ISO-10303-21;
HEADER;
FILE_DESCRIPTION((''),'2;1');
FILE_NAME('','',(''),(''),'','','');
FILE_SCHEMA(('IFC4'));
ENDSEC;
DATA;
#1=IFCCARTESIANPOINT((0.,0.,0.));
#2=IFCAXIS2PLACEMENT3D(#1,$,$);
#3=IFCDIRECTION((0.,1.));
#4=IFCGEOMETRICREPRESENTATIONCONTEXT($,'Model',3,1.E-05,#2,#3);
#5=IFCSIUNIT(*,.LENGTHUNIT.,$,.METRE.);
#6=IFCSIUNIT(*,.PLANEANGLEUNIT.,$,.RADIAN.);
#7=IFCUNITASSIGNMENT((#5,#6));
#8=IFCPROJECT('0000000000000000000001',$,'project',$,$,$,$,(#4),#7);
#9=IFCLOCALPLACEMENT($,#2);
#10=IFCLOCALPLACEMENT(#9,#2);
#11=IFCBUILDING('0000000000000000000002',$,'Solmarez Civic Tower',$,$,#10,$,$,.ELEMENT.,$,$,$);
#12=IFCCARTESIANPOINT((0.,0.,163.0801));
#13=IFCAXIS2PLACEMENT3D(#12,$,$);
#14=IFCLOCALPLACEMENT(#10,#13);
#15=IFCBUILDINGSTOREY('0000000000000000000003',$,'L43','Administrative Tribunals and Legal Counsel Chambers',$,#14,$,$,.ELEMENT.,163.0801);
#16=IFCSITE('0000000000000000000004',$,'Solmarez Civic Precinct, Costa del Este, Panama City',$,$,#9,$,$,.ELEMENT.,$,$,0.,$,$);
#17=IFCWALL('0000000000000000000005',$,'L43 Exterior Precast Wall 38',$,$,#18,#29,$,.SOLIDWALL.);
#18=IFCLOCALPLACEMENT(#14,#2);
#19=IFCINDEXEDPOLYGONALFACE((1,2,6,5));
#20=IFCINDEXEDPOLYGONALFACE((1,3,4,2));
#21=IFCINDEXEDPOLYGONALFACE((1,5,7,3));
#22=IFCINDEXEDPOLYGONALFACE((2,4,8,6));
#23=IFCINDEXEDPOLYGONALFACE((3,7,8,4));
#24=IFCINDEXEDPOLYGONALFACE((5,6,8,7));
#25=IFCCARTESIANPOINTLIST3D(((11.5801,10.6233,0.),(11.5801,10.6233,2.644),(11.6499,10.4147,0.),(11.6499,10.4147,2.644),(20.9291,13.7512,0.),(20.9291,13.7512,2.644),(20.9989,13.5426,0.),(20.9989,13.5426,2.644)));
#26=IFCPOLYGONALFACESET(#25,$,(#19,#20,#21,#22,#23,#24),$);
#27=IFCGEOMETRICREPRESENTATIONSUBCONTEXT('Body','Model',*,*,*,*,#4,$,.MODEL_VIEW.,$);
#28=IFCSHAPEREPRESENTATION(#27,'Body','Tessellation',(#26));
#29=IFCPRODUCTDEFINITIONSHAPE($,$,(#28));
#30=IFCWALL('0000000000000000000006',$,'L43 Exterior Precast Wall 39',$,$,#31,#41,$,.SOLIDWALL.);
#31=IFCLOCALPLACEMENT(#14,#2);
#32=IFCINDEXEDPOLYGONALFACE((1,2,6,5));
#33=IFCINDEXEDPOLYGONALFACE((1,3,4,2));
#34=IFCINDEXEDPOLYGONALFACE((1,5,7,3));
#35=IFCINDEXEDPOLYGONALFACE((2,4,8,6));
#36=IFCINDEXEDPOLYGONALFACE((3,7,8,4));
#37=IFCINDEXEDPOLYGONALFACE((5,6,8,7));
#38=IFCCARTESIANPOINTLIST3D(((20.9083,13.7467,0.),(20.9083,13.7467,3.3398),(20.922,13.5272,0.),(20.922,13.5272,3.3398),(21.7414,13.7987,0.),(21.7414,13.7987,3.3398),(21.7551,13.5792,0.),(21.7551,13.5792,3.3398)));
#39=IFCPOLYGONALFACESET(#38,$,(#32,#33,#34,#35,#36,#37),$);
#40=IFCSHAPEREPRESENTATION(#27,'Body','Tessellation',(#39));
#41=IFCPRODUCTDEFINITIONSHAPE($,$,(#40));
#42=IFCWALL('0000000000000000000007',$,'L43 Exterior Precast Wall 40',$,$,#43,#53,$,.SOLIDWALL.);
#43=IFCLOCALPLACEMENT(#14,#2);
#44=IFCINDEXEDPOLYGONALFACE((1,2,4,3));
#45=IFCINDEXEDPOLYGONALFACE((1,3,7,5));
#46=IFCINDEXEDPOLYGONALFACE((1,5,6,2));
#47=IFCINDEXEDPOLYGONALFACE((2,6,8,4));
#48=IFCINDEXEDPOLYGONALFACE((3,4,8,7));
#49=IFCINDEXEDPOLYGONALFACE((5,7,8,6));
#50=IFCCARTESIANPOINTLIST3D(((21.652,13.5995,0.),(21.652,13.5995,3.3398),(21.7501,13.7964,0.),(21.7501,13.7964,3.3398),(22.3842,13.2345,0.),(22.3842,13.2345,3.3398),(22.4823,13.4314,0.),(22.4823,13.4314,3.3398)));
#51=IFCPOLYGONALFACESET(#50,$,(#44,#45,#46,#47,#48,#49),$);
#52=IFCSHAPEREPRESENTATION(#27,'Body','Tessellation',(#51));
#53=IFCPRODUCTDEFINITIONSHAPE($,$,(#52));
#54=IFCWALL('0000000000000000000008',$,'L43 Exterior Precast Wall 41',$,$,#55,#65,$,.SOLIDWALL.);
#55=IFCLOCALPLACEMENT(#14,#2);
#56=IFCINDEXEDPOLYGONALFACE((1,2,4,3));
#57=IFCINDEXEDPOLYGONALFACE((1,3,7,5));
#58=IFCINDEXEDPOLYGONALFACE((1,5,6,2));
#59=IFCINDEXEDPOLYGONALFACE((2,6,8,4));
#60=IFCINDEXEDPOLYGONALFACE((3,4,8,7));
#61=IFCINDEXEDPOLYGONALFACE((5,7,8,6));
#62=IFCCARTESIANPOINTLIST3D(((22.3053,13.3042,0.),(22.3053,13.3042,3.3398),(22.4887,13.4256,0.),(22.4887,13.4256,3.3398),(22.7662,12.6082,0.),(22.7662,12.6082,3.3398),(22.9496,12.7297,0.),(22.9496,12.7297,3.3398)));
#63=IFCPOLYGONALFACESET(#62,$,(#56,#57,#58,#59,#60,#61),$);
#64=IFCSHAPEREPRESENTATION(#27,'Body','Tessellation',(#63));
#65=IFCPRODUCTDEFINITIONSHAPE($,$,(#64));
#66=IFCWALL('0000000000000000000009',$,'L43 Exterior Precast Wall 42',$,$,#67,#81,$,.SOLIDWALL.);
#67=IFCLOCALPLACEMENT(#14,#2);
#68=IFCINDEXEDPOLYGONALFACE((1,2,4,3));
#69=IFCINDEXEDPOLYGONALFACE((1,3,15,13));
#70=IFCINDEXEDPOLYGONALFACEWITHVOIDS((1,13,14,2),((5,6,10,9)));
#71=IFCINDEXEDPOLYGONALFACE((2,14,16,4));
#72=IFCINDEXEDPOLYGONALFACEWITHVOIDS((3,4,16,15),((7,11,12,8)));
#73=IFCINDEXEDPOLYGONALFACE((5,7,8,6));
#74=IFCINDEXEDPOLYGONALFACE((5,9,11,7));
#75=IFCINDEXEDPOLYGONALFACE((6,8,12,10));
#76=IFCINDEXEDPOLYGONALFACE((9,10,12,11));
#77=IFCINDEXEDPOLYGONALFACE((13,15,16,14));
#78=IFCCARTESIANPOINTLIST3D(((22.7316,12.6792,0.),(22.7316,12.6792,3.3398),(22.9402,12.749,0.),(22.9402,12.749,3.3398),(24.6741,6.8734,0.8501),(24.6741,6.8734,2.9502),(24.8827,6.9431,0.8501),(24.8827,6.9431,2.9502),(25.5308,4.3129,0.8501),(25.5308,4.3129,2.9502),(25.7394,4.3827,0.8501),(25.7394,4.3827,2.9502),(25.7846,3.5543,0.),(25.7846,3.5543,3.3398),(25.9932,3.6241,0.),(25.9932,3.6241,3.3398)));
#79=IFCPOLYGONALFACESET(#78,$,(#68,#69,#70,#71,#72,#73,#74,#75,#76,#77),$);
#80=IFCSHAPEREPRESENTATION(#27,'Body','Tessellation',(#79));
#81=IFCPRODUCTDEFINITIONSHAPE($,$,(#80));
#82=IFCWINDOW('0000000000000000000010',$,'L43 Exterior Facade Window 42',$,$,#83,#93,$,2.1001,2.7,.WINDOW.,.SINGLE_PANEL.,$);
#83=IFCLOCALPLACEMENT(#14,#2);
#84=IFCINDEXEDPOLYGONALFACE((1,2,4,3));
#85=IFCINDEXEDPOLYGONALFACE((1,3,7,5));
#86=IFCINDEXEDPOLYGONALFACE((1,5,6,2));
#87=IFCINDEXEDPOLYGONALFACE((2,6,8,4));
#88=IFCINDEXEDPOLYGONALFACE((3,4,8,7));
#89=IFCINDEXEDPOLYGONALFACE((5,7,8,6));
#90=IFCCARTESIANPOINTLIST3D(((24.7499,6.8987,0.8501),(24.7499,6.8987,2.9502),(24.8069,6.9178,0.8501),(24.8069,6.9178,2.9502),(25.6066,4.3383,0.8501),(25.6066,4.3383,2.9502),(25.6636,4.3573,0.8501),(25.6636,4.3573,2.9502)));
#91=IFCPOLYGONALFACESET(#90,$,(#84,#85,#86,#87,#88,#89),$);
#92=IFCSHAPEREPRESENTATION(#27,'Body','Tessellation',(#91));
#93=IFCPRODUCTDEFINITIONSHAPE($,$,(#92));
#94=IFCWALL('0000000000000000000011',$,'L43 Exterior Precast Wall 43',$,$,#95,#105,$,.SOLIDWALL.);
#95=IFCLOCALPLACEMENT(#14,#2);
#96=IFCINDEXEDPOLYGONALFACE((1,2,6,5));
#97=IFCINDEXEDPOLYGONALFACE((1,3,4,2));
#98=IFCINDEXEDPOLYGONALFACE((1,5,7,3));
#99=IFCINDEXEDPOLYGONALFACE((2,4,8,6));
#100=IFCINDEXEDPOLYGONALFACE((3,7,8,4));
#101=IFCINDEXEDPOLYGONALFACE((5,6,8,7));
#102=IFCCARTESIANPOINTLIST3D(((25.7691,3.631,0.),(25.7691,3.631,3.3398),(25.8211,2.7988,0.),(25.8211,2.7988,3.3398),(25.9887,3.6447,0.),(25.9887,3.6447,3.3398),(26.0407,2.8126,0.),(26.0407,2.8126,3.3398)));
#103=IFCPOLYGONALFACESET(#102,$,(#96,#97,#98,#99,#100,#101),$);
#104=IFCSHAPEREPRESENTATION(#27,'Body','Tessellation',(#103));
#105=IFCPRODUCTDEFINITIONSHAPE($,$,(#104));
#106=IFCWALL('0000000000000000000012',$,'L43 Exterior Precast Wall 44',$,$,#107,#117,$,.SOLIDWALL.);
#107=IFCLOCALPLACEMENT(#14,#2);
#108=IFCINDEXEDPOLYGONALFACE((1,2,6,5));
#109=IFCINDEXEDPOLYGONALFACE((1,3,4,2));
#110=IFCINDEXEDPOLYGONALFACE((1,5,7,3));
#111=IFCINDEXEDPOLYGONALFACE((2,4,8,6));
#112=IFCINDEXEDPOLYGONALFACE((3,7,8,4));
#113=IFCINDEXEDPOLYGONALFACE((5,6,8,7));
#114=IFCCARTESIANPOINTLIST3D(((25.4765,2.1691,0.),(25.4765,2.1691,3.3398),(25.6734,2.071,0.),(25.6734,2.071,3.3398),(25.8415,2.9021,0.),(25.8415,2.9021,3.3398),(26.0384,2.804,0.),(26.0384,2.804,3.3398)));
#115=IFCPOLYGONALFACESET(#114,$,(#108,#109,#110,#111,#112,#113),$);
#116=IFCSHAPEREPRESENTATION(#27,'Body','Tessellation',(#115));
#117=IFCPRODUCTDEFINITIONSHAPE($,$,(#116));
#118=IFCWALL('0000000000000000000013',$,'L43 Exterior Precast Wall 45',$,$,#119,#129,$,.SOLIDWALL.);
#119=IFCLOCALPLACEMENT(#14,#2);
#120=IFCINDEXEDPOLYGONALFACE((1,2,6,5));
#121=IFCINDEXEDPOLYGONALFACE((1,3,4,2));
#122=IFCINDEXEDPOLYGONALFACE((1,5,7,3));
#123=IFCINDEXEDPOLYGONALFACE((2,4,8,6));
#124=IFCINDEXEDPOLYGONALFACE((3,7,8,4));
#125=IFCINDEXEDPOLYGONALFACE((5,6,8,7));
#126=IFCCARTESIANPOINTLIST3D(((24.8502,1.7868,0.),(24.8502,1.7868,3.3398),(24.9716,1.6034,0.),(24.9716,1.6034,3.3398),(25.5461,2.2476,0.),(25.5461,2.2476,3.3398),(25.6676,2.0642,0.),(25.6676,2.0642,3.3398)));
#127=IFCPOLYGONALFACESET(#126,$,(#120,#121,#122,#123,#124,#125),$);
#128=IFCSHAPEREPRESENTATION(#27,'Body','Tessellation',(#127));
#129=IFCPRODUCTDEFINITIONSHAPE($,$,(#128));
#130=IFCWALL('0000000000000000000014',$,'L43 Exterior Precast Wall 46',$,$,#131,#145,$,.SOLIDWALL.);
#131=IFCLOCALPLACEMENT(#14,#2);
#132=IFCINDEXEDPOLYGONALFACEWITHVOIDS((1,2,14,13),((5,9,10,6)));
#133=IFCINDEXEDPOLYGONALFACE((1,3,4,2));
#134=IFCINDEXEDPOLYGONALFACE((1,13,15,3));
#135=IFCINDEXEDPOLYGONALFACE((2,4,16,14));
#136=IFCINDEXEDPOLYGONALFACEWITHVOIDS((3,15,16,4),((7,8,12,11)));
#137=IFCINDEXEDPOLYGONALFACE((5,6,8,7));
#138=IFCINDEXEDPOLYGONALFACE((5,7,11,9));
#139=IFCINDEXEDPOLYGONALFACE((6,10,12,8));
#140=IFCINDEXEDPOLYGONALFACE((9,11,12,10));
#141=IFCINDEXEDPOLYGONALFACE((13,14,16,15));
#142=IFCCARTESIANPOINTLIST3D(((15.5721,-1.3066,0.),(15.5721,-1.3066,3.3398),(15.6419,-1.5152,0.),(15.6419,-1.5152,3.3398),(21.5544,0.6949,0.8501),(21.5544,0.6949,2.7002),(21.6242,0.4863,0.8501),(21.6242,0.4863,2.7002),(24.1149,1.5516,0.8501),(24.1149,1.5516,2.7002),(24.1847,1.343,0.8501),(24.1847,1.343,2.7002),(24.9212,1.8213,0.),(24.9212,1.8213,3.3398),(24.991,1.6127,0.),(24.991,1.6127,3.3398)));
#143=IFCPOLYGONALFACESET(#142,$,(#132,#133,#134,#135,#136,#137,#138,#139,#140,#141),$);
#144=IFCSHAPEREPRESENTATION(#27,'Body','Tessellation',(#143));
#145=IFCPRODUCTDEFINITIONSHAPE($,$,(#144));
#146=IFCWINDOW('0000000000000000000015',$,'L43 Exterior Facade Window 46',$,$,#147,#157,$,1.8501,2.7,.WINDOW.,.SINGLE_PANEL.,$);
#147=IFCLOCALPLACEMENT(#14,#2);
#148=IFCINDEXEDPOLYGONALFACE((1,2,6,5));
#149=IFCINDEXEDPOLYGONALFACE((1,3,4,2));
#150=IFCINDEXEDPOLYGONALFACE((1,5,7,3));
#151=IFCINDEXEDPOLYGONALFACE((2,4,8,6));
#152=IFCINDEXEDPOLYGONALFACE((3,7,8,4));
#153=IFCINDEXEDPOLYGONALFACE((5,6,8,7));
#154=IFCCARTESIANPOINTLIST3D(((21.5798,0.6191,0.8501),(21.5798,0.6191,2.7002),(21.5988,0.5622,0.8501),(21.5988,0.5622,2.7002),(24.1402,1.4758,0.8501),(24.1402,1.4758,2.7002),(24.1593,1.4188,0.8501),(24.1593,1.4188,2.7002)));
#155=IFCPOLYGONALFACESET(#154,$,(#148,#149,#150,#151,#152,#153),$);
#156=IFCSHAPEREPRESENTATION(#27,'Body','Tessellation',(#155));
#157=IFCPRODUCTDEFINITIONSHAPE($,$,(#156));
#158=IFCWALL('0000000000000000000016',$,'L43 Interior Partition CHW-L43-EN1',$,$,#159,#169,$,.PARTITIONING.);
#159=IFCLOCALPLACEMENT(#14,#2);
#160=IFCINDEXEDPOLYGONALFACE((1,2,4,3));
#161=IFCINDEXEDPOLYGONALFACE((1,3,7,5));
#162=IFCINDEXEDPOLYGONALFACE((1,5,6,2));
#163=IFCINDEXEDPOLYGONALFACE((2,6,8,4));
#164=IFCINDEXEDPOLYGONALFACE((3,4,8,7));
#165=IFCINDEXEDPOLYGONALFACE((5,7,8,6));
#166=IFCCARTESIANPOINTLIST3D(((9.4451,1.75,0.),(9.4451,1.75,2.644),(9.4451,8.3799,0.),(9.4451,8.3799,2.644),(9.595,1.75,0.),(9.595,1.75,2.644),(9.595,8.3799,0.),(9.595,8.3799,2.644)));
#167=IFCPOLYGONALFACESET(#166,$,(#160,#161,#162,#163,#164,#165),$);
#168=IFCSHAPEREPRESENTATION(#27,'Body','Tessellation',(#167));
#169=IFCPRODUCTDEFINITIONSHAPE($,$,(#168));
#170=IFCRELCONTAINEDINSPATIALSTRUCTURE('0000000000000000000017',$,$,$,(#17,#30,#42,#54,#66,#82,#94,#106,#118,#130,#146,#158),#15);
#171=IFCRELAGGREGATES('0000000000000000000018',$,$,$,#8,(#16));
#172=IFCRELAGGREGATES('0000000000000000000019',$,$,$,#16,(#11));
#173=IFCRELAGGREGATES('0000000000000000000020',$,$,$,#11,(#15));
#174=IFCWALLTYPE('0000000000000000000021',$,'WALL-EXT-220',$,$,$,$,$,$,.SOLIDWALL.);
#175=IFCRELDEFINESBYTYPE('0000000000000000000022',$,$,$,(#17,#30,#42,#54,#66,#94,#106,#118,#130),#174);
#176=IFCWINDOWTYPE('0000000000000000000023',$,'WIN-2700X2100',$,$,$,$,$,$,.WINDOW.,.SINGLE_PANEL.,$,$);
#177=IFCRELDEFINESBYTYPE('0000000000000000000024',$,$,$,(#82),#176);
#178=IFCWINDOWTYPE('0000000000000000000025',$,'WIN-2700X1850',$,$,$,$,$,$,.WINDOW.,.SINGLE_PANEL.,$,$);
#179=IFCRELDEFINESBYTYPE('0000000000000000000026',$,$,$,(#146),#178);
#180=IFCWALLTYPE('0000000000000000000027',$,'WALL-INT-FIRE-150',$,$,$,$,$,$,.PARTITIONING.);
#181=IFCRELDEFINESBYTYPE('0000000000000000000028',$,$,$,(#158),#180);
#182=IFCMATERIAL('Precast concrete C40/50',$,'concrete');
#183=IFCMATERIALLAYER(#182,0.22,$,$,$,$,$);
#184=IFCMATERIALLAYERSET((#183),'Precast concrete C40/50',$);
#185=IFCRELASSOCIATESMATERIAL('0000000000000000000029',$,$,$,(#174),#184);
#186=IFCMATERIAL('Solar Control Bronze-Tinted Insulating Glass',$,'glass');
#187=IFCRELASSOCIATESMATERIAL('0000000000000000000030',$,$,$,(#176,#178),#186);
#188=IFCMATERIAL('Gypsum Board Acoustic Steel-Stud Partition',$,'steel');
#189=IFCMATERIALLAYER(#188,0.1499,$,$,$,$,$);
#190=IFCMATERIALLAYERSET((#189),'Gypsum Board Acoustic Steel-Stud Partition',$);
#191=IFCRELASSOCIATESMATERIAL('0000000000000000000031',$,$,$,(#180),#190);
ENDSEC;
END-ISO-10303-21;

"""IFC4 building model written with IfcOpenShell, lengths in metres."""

from ifc_helpers import new_model, si_unit, direction, frame, frame_2d, origin, place, context, subcontext, project, spatial, rectangle, extrude, material, layer, layer_set, type_object, element, fill, save


model = new_model("IFC4")

# Units and contexts
model_context = context("Model", 3, precision=1e-05, world=origin(), true_north=direction((0.0, 1.0)))
body_context = subcontext(model_context, "Body", "Model", "MODEL_VIEW")
ifc_project = project(units=[si_unit("LENGTHUNIT", "METRE"), si_unit("PLANEANGLEUNIT", "RADIAN")], contexts=[model_context])

# Site, building, storey
site_placement = place(None, origin())
site = spatial("IfcSite", under=ifc_project, at=site_placement, Name="Solmarez Civic Precinct, Costa del Este, Panama City", CompositionType="ELEMENT", RefElevation=0.0)
building_placement = place(site_placement, origin())
building = spatial("IfcBuilding", under=site, at=building_placement, Name="Solmarez Civic Tower", CompositionType="ELEMENT")
storey_placement = place(building_placement, frame((0.0, 0.0, 163.0801)))
storey = spatial("IfcBuildingStorey", under=building, at=storey_placement, Name="L43", Description="Administrative Tribunals and Legal Counsel Chambers", CompositionType="ELEMENT", Elevation=163.0801)

# Walls
ifc_material_1 = material(Name="Precast concrete C40/50", Category="concrete")
ifc_layer_1 = layer(ifc_material_1, 0.22)
ifc_layer_set_1 = layer_set([ifc_layer_1], Name="Precast concrete C40/50")
wall_type_1 = type_object("IfcWallType", Name="WALL-EXT-220", PredefinedType="SOLIDWALL", material=ifc_layer_set_1)
wall_1_placement = place(storey_placement, frame((11.615, 10.519, 0.0), z_axis=(0.0, 0.0, 1.0), x_axis=(0.948331, 0.317283, 0.0)))
element("IfcWall", 1, at=wall_1_placement, inside=storey, type_object=wall_type_1, Name="L43 Exterior Precast Wall 38", PredefinedType="SOLIDWALL", context=body_context, shape_type="SweptSolid", body=[
    extrude(rectangle(XDim=9.8584, YDim=0.22, at=frame_2d((4.9292, 0.0))), origin(), (0.0, 0.0, 1.0), 2.644),
])
wall_2_placement = place(storey_placement, frame((20.915, 13.637, 0.0), z_axis=(0.0, 0.0, 1.0), x_axis=(0.998057, 0.062305, 0.0)))
element("IfcWall", 2, at=wall_2_placement, inside=storey, type_object=wall_type_1, Name="L43 Exterior Precast Wall 39", PredefinedType="SOLIDWALL", context=body_context, shape_type="SweptSolid", body=[
    extrude(rectangle(XDim=0.8347, YDim=0.22, at=frame_2d((0.4175, 0.0))), origin(), (0.0, 0.0, 1.0), 3.3398),
])
wall_3_placement = place(storey_placement, frame((21.7009, 13.698, 0.0), z_axis=(0.0, 0.0, 1.0), x_axis=(0.894964, -0.446139, 0.0)))
element("IfcWall", 3, at=wall_3_placement, inside=storey, type_object=wall_type_1, Name="L43 Exterior Precast Wall 40", PredefinedType="SOLIDWALL", context=body_context, shape_type="SweptSolid", body=[
    extrude(rectangle(XDim=0.8181, YDim=0.22, at=frame_2d((0.4092, 0.0))), origin(), (0.0, 0.0, 1.0), 3.3398),
])
wall_4_placement = place(storey_placement, frame((22.397, 13.365, 0.0), z_axis=(0.0, 0.0, 1.0), x_axis=(0.552133, -0.833756, 0.0)))
element("IfcWall", 4, at=wall_4_placement, inside=storey, type_object=wall_type_1, Name="L43 Exterior Precast Wall 41", PredefinedType="SOLIDWALL", context=body_context, shape_type="SweptSolid", body=[
    extrude(rectangle(XDim=0.8347, YDim=0.22, at=frame_2d((0.4175, 0.0))), origin(), (0.0, 0.0, 1.0), 3.3398),
])

# Wall, opening, window
wall_5_placement = place(storey_placement, frame((22.8359, 12.7141, 0.0), z_axis=(0.0, 0.0, 1.0), x_axis=(0.317286, -0.94833, 0.0)))
wall_5 = element("IfcWall", 5, at=wall_5_placement, inside=storey, type_object=wall_type_1, Name="L43 Exterior Precast Wall 42", PredefinedType="SOLIDWALL", context=body_context, shape_type="SweptSolid", body=[
    extrude(rectangle(XDim=9.6221, YDim=0.22, at=frame_2d((4.811, 0.0))), origin(), (0.0, 0.0, 1.0), 3.3398),
])
opening_1_placement = place(wall_5_placement, frame((6.1221, 0.0, 0.8501)))
opening_1 = element("IfcOpeningElement", 6, at=opening_1_placement, cuts=wall_5, PredefinedType="OPENING", context=body_context, shape_type="SweptSolid", body=[
    extrude(rectangle(XDim=2.7, YDim=2.1001, at=frame_2d((1.3501, 1.05))), frame((0.0, 0.1199, 0.0), z_axis=(0.0, -1.0, 0.0), x_axis=(1.0, 0.0, 0.0)), (0.0, 0.0, 1.0), 0.24),
])
ifc_material_2 = material(Name="Solar Control Bronze-Tinted Insulating Glass", Category="glass")
window_type_1 = type_object("IfcWindowType", Name="WIN-2700X2100", PartitioningType="SINGLE_PANEL", PredefinedType="WINDOW", material=ifc_material_2)
window_1_placement = place(opening_1_placement, origin())
window_1 = element("IfcWindow", 7, at=window_1_placement, inside=storey, type_object=window_type_1, Name="L43 Exterior Facade Window 42", OverallHeight=2.1001, OverallWidth=2.7, PartitioningType="SINGLE_PANEL", PredefinedType="WINDOW", context=body_context, shape_type="SweptSolid", body=[
    extrude(rectangle(XDim=2.7, YDim=2.1001, at=frame_2d((1.3501, 1.05))), frame((0.0, 0.03, 0.0), z_axis=(0.0, -1.0, 0.0), x_axis=(1.0, 0.0, 0.0)), (0.0, 0.0, 1.0), 0.0601),
])
fill(opening_1, window_1)

# Walls
wall_6_placement = place(storey_placement, frame((25.8789, 3.6379, 0.0), z_axis=(0.0, 0.0, 1.0), x_axis=(0.062378, -0.998053, 0.0)))
element("IfcWall", 8, at=wall_6_placement, inside=storey, type_object=wall_type_1, Name="L43 Exterior Precast Wall 43", PredefinedType="SOLIDWALL", context=body_context, shape_type="SweptSolid", body=[
    extrude(rectangle(XDim=0.8337, YDim=0.22, at=frame_2d((0.417, 0.0))), origin(), (0.0, 0.0, 1.0), 3.3398),
])
wall_7_placement = place(storey_placement, frame((25.9399, 2.853, 0.0), z_axis=(0.0, 0.0, 1.0), x_axis=(-0.445782, -0.895142, 0.0)))
element("IfcWall", 9, at=wall_7_placement, inside=storey, type_object=wall_type_1, Name="L43 Exterior Precast Wall 44", PredefinedType="SOLIDWALL", context=body_context, shape_type="SweptSolid", body=[
    extrude(rectangle(XDim=0.8188, YDim=0.22, at=frame_2d((0.4094, 0.0))), origin(), (0.0, 0.0, 1.0), 3.3398),
])
wall_8_placement = place(storey_placement, frame((25.6069, 2.156, 0.0), z_axis=(0.0, 0.0, 1.0), x_axis=(-0.833756, -0.552133, 0.0)))
element("IfcWall", 10, at=wall_8_placement, inside=storey, type_object=wall_type_1, Name="L43 Exterior Precast Wall 45", PredefinedType="SOLIDWALL", context=body_context, shape_type="SweptSolid", body=[
    extrude(rectangle(XDim=0.8347, YDim=0.22, at=frame_2d((0.4175, 0.0))), origin(), (0.0, 0.0, 1.0), 3.3398),
])

# Wall, opening, window
wall_9_placement = place(storey_placement, frame((24.9561, 1.717, 0.0), z_axis=(0.0, 0.0, 1.0), x_axis=(-0.948331, -0.317283, 0.0)))
wall_9 = element("IfcWall", 11, at=wall_9_placement, inside=storey, type_object=wall_type_1, Name="L43 Exterior Precast Wall 46", PredefinedType="SOLIDWALL", context=body_context, shape_type="SweptSolid", body=[
    extrude(rectangle(XDim=9.8584, YDim=0.22, at=frame_2d((4.9292, 0.0))), origin(), (0.0, 0.0, 1.0), 3.3398),
])
opening_2_placement = place(wall_9_placement, frame((0.8501, 0.0, 0.8501)))
opening_2 = element("IfcOpeningElement", 12, at=opening_2_placement, cuts=wall_9, PredefinedType="OPENING", context=body_context, shape_type="SweptSolid", body=[
    extrude(rectangle(XDim=2.7, YDim=1.8501, at=frame_2d((1.3501, 0.925))), frame((0.0, 0.1199, 0.0), z_axis=(0.0, -1.0, 0.0), x_axis=(1.0, 0.0, 0.0)), (0.0, 0.0, 1.0), 0.24),
])
window_type_2 = type_object("IfcWindowType", Name="WIN-2700X1850", PartitioningType="SINGLE_PANEL", PredefinedType="WINDOW", material=ifc_material_2)
window_2_placement = place(opening_2_placement, origin())
window_2 = element("IfcWindow", 13, at=window_2_placement, inside=storey, type_object=window_type_2, Name="L43 Exterior Facade Window 46", OverallHeight=1.8501, OverallWidth=2.7, PartitioningType="SINGLE_PANEL", PredefinedType="WINDOW", context=body_context, shape_type="SweptSolid", body=[
    extrude(rectangle(XDim=2.7, YDim=1.8501, at=frame_2d((1.3501, 0.925))), frame((0.0, 0.03, 0.0), z_axis=(0.0, -1.0, 0.0), x_axis=(1.0, 0.0, 0.0)), (0.0, 0.0, 1.0), 0.0601),
])
fill(opening_2, window_2)

# Wall
ifc_material_3 = material(Name="Gypsum Board Acoustic Steel-Stud Partition", Category="steel")
ifc_layer_2 = layer(ifc_material_3, 0.1499)
ifc_layer_set_2 = layer_set([ifc_layer_2], Name="Gypsum Board Acoustic Steel-Stud Partition")
wall_type_2 = type_object("IfcWallType", Name="WALL-INT-FIRE-150", PredefinedType="PARTITIONING", material=ifc_layer_set_2)
wall_10_placement = place(storey_placement, frame((9.52, 1.75, 0.0), z_axis=(0.0, 0.0, 1.0), x_axis=(0.0, 1.0, 0.0)))
element("IfcWall", 14, at=wall_10_placement, inside=storey, type_object=wall_type_2, Name="L43 Interior Partition CHW-L43-EN1", PredefinedType="PARTITIONING", context=body_context, shape_type="SweptSolid", body=[
    extrude(rectangle(XDim=6.6299, YDim=0.1499, at=frame_2d((3.3149, 0.0))), origin(), (0.0, 0.0, 1.0), 2.644),
])

save(model, "model.ifc")
